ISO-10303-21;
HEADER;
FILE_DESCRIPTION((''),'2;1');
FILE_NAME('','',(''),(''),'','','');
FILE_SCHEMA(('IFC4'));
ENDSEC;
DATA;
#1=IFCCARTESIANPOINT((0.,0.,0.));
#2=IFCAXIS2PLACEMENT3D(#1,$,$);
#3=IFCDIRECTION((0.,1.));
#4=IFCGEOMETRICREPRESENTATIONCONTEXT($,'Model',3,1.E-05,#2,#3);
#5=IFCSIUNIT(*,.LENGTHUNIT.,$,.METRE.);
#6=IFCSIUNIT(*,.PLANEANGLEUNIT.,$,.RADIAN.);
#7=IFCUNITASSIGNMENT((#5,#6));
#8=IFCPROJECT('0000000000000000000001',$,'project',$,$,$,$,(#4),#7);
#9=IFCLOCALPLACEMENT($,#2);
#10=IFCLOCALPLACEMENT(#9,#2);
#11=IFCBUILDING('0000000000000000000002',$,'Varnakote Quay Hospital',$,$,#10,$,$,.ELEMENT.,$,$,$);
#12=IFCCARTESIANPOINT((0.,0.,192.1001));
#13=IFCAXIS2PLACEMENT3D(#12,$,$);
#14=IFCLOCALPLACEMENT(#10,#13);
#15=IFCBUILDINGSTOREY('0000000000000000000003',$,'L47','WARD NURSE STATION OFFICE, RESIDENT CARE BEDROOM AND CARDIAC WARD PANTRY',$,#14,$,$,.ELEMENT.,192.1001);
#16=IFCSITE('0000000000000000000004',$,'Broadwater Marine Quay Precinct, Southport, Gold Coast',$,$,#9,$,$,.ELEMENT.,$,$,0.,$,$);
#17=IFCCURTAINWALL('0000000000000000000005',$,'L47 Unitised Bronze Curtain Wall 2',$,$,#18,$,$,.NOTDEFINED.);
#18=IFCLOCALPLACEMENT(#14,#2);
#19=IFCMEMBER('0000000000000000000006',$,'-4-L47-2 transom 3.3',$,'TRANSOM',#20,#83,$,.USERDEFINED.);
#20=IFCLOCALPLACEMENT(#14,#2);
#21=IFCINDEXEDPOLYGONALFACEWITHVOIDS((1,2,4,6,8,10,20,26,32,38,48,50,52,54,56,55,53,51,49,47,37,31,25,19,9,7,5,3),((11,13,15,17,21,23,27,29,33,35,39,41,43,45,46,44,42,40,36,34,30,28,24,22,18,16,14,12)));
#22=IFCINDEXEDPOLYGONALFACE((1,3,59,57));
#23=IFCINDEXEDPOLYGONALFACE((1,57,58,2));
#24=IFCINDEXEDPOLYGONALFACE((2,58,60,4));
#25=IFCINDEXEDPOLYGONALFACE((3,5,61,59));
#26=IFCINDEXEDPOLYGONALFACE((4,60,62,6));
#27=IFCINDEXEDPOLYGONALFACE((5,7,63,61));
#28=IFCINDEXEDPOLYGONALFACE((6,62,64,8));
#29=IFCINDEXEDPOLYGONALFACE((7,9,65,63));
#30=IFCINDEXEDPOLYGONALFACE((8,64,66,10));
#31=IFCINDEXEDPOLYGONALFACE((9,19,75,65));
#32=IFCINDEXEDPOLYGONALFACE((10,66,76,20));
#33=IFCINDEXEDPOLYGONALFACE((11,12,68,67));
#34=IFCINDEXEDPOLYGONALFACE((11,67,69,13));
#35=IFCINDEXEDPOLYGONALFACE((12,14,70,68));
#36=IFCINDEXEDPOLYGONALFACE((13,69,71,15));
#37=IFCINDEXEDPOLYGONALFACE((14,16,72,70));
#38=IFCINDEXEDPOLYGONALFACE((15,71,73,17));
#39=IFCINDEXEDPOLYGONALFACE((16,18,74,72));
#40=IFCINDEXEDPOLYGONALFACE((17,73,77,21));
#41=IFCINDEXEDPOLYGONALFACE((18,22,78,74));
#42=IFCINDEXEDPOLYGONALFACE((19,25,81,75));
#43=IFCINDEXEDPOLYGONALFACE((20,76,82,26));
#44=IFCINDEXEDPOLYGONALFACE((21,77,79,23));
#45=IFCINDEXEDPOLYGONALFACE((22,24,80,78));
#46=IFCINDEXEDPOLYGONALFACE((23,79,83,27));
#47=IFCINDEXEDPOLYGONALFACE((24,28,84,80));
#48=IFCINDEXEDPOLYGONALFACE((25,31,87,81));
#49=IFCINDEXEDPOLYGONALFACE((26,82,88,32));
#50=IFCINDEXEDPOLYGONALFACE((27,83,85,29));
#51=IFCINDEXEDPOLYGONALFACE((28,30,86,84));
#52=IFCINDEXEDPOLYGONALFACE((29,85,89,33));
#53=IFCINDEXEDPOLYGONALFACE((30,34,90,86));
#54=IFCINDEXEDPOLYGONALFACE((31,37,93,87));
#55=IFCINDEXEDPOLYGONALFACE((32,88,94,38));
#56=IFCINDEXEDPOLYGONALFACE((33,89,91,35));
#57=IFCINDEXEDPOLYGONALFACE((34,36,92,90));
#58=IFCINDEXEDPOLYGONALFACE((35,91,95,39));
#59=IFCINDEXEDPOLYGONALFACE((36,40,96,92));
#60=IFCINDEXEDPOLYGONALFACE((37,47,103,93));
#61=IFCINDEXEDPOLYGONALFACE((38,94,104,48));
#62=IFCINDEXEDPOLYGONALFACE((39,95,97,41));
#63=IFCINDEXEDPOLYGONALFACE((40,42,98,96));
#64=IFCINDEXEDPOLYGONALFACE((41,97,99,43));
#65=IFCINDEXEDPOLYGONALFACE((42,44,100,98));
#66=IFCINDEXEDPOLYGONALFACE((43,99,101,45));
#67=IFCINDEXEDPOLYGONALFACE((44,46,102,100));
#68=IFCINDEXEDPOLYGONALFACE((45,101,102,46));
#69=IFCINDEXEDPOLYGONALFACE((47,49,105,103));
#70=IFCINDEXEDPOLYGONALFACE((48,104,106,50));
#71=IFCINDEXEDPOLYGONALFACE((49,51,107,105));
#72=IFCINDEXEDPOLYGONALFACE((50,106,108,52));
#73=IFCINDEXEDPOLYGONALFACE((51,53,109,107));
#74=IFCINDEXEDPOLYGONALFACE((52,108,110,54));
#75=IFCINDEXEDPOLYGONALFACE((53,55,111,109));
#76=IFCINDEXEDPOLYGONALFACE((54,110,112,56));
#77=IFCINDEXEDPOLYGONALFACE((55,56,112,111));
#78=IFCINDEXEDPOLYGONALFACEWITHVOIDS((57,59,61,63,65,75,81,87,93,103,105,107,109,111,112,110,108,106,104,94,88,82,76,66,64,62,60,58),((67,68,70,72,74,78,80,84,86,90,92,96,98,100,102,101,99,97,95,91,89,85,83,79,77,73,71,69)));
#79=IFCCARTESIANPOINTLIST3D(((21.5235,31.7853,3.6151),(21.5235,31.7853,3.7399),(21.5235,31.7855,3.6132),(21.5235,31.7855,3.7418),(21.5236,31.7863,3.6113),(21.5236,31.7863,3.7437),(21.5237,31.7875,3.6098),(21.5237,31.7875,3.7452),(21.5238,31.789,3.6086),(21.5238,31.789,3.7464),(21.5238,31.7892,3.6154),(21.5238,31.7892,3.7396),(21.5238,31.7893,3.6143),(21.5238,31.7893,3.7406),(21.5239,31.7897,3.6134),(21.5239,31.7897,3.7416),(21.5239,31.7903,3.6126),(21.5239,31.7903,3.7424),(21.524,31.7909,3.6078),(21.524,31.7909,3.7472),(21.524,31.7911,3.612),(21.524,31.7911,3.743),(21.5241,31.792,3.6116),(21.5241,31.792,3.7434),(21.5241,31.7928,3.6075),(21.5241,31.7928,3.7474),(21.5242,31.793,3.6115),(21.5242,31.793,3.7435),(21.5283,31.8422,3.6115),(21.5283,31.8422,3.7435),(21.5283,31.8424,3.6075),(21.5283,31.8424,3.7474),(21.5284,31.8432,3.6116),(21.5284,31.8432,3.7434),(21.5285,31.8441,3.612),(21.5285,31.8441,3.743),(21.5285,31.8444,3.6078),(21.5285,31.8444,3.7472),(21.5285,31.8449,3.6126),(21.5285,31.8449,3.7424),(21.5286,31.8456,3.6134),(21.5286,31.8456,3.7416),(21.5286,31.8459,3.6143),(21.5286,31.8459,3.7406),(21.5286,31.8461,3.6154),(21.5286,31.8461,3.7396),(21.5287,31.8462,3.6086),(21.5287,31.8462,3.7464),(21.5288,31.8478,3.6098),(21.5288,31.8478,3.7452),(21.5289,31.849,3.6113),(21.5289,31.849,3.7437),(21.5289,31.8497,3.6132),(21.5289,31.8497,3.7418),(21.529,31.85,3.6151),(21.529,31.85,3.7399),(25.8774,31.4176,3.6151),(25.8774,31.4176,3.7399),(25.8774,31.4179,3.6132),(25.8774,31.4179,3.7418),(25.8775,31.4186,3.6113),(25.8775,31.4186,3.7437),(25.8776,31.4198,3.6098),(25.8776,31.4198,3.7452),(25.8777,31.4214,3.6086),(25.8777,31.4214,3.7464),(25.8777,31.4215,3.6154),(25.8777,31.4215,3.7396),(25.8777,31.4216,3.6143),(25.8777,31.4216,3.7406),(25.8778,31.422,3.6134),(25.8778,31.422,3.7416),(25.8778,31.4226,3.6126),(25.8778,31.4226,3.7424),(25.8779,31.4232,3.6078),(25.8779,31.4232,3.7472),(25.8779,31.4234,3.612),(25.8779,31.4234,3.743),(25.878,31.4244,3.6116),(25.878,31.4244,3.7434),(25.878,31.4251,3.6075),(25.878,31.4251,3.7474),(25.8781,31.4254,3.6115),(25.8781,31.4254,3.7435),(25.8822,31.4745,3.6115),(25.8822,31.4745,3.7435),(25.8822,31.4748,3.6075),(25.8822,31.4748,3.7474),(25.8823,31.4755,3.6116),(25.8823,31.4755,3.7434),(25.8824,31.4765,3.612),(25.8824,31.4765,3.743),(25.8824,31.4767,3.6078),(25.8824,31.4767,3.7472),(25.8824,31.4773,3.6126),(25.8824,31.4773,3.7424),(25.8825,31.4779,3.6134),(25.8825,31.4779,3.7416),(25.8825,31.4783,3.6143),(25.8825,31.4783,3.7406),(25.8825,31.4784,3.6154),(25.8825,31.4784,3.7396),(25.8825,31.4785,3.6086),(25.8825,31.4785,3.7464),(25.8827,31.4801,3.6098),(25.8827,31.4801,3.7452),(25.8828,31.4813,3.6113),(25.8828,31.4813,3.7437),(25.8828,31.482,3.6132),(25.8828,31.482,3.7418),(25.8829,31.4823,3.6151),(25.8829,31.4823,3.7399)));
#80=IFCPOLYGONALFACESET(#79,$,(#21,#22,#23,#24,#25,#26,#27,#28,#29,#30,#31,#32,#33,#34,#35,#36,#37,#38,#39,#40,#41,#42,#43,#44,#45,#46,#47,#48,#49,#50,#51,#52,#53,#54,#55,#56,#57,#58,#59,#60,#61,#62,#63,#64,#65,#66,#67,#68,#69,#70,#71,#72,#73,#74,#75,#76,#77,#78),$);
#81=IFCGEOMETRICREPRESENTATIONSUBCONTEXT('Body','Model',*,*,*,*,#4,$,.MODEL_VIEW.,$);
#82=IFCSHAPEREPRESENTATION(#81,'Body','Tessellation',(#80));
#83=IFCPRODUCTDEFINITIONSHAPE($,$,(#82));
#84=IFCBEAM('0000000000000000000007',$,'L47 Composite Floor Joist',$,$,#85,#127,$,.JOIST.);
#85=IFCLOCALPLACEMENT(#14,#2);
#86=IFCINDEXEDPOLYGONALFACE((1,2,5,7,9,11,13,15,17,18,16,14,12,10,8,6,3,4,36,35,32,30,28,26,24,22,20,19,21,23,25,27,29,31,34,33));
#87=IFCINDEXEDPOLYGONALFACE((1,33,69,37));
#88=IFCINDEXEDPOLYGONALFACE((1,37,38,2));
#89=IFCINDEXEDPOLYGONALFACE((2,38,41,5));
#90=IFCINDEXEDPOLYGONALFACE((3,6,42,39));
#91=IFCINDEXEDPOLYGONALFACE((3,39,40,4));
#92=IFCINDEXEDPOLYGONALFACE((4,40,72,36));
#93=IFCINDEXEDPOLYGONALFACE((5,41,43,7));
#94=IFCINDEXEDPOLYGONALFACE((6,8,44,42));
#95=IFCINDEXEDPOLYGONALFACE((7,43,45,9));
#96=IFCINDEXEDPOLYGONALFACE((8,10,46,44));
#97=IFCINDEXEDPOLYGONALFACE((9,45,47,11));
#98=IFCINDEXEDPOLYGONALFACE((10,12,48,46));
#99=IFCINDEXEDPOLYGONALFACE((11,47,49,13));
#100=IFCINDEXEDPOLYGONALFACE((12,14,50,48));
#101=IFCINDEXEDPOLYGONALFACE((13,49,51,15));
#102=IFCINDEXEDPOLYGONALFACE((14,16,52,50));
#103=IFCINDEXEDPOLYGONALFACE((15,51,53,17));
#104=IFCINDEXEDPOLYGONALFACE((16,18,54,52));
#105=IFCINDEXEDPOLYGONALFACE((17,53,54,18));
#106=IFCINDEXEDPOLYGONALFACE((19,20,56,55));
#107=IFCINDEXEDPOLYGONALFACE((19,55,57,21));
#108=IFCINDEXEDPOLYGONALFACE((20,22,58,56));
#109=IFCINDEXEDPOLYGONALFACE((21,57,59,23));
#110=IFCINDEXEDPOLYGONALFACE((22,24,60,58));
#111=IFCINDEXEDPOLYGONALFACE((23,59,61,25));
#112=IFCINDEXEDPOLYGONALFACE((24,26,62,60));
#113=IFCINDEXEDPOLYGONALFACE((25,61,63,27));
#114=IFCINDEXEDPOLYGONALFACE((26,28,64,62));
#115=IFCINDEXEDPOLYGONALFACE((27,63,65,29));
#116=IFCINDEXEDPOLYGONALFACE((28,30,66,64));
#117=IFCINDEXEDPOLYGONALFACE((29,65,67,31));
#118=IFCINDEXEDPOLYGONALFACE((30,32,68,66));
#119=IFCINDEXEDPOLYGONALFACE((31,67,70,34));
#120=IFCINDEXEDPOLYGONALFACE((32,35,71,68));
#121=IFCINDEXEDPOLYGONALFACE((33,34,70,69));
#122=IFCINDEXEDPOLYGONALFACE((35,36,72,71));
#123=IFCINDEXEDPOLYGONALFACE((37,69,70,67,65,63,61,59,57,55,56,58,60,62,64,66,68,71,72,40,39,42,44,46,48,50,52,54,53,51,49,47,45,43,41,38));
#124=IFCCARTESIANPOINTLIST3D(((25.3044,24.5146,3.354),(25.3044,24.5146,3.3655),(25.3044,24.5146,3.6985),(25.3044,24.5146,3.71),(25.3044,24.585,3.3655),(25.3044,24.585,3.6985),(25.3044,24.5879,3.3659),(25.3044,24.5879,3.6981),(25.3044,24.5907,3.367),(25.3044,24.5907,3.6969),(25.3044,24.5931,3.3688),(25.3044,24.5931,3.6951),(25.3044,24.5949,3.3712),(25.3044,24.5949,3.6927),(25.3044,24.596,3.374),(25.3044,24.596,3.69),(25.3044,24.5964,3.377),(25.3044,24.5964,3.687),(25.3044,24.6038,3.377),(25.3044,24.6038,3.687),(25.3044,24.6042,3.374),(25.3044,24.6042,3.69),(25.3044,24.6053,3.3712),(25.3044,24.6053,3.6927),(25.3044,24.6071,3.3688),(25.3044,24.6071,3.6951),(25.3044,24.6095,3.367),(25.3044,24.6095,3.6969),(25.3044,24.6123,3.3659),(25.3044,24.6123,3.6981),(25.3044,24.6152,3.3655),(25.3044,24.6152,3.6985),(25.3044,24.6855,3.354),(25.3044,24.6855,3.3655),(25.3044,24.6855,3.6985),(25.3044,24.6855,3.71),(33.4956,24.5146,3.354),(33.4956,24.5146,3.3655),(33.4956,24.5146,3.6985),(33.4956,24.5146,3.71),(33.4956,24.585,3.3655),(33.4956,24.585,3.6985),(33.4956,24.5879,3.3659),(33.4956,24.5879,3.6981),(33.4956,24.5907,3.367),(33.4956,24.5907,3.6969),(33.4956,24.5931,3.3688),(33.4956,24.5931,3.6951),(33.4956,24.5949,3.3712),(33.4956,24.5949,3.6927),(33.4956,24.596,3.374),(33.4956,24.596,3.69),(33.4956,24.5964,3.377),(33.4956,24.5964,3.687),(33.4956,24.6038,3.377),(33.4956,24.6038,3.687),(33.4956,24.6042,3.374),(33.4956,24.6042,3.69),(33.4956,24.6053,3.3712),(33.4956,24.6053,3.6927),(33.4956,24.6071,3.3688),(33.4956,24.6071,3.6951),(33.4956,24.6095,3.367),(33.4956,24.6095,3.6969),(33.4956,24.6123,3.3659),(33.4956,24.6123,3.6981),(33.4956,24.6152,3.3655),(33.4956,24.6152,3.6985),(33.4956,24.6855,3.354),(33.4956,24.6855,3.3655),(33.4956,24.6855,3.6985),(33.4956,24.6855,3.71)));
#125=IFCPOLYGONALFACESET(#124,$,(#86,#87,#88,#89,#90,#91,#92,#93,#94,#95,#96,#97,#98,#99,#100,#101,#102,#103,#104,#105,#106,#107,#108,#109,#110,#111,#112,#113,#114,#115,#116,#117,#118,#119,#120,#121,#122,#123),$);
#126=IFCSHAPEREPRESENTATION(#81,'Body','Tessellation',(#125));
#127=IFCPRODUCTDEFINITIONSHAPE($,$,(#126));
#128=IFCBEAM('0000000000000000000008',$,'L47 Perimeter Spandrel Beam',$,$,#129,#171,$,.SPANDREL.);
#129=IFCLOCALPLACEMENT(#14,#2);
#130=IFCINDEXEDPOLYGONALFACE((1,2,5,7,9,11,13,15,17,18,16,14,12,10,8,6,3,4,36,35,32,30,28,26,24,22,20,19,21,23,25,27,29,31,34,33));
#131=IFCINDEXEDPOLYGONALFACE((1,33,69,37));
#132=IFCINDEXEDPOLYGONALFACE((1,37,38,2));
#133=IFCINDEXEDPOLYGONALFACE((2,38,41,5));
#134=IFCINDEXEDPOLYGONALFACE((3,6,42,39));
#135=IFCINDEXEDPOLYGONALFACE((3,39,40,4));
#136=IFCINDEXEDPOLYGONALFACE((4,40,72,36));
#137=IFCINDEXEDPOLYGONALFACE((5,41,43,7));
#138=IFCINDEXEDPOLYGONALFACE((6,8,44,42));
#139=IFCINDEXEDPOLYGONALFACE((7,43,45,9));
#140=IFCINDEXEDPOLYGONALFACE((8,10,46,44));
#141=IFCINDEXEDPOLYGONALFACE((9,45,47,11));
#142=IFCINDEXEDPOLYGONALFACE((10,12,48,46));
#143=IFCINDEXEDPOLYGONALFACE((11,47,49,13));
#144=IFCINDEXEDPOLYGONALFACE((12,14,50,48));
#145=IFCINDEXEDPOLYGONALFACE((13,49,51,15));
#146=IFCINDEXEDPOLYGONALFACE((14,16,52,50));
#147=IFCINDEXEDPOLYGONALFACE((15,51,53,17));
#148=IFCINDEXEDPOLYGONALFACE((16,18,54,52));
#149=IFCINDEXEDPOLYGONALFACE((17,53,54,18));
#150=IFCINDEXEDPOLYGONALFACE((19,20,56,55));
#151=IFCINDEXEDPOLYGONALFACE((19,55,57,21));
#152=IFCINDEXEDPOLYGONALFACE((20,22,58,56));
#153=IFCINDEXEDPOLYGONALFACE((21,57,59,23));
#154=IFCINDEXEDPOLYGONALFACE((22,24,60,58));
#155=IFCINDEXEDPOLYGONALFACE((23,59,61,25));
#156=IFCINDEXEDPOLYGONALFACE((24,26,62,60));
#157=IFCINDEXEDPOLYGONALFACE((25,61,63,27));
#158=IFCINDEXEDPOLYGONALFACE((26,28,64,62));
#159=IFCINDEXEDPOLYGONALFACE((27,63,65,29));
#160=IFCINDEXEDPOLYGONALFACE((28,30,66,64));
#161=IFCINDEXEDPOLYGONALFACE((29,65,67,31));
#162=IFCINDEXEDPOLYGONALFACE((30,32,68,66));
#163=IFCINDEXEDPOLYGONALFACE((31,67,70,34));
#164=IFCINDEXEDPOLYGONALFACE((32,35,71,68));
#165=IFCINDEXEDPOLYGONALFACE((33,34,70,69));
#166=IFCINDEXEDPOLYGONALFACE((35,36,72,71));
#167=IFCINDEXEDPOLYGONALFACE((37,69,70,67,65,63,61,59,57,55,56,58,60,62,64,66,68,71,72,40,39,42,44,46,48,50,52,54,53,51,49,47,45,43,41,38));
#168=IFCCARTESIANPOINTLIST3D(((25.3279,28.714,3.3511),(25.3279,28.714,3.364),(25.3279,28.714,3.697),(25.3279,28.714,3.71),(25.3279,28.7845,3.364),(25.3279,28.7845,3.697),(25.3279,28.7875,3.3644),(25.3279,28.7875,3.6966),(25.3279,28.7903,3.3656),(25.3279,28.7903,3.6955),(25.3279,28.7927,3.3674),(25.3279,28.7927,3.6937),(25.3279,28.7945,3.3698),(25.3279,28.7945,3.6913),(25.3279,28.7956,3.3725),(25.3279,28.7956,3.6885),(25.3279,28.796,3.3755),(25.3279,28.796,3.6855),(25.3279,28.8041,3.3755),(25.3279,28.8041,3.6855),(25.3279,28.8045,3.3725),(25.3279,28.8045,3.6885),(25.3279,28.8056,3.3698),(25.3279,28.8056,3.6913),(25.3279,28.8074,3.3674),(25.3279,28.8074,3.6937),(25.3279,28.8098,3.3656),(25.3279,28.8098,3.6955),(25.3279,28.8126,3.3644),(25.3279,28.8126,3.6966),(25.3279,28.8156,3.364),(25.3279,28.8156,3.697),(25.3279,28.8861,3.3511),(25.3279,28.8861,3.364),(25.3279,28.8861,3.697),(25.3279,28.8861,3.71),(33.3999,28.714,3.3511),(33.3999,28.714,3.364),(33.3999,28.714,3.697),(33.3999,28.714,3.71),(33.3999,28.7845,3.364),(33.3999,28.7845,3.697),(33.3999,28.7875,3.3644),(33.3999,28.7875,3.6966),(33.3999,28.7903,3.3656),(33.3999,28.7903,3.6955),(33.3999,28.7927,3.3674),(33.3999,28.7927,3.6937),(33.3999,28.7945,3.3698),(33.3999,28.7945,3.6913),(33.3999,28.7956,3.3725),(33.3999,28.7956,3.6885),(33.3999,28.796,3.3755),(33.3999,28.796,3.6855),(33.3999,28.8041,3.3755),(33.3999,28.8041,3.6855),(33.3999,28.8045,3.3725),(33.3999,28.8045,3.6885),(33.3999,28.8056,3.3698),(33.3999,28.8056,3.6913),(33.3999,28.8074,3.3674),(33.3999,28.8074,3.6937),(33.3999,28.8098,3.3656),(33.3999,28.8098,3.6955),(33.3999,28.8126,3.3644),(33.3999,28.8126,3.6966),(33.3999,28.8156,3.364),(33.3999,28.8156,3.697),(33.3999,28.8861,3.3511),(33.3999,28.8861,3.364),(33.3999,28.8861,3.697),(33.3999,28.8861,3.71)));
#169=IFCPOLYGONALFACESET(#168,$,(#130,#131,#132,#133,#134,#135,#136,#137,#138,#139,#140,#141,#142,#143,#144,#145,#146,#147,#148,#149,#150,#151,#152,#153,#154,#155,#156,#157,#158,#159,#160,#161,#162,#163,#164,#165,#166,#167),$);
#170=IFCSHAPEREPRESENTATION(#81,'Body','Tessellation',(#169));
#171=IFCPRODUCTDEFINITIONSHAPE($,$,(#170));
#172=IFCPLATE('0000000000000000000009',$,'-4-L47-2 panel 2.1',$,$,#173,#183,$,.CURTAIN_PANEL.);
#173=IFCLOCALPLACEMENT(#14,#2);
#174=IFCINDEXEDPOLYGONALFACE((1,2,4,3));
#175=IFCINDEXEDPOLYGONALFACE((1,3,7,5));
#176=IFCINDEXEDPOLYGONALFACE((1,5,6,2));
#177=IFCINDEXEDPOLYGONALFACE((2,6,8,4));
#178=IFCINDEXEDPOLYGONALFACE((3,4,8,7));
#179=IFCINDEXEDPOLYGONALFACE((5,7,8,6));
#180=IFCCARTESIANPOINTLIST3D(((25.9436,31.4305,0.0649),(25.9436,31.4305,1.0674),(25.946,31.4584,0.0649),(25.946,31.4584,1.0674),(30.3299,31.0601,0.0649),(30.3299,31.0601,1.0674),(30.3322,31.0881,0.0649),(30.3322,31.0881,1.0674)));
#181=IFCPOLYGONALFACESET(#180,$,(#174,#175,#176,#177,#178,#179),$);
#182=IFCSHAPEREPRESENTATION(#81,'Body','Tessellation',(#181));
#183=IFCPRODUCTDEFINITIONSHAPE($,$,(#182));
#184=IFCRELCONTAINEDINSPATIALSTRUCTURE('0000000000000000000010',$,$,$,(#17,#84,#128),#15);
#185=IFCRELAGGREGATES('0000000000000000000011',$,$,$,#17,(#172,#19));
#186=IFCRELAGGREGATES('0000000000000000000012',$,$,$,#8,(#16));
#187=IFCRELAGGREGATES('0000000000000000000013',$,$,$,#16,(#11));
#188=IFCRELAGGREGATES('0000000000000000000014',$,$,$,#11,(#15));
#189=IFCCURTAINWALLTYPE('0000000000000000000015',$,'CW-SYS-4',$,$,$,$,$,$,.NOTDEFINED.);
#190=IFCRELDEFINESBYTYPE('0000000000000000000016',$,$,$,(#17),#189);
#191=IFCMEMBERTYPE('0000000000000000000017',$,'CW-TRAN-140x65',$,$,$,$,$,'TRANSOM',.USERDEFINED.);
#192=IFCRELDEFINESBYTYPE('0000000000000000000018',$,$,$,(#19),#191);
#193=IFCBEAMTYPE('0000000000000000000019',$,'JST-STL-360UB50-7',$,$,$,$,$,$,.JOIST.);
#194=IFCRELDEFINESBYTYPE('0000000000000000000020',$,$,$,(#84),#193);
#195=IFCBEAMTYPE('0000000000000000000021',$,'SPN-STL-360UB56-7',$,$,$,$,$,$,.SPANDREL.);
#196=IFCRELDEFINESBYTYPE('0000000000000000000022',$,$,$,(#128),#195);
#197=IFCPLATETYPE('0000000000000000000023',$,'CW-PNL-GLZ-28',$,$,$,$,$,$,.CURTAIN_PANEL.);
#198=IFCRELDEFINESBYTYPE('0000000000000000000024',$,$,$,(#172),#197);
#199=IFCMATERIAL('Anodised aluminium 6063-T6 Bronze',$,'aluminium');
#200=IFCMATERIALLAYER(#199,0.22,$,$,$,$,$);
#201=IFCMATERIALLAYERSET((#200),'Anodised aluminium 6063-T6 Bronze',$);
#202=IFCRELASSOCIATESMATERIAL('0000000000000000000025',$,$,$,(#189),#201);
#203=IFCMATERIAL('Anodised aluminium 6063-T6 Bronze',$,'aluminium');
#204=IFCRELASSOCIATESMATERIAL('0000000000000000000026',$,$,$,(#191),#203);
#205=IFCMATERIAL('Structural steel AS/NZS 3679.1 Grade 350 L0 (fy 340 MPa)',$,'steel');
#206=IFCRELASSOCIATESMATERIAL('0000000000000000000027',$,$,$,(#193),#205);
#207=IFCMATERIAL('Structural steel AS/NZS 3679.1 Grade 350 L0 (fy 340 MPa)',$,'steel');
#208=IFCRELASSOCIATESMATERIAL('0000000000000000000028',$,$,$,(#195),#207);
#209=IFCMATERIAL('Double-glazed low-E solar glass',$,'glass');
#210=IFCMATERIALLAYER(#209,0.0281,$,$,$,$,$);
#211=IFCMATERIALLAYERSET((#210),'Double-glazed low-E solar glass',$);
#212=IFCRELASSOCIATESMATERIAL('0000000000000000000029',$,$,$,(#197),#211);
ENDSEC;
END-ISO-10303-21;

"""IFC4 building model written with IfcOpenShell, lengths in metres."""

from ifc_helpers import new_model, si_unit, direction, frame, origin, origin_2d, place, context, subcontext, project, spatial, rectangle, hollow_rectangle, i_section, extrude, material, layer, layer_set, material_profile, profile_set, type_object, element, aggregate, save


model = new_model("IFC4")

# Units and contexts
model_context = context("Model", 3, precision=1e-05, world=origin(), true_north=direction((0.0, 1.0)))
body_context = subcontext(model_context, "Body", "Model", "MODEL_VIEW")
ifc_project = project(units=[si_unit("LENGTHUNIT", "METRE"), si_unit("PLANEANGLEUNIT", "RADIAN")], contexts=[model_context])

# Site, building, storey
site_placement = place(None, origin())
site = spatial("IfcSite", under=ifc_project, at=site_placement, Name="Broadwater Marine Quay Precinct, Southport, Gold Coast", CompositionType="ELEMENT", RefElevation=0.0)
building_placement = place(site_placement, origin())
building = spatial("IfcBuilding", under=site, at=building_placement, Name="Varnakote Quay Hospital", CompositionType="ELEMENT")
storey_placement = place(building_placement, frame((0.0, 0.0, 192.1001)))
storey = spatial("IfcBuildingStorey", under=building, at=storey_placement, Name="L47", Description="WARD NURSE STATION OFFICE, RESIDENT CARE BEDROOM AND CARDIAC WARD PANTRY", CompositionType="ELEMENT", Elevation=192.1001)

# Curtain wall, member
ifc_material_1 = material(Name="Anodised aluminium 6063-T6 Bronze", Category="aluminium")
ifc_layer_1 = layer(ifc_material_1, 0.22)
ifc_layer_set_1 = layer_set([ifc_layer_1], Name="Anodised aluminium 6063-T6 Bronze")
curtain_wall_type = type_object("IfcCurtainWallType", Name="CW-SYS-4", PredefinedType="NOTDEFINED", material=ifc_layer_set_1)
curtain_wall_placement = place(storey_placement, origin())
curtain_wall = element("IfcCurtainWall", 1, at=curtain_wall_placement, inside=storey, type_object=curtain_wall_type, Name="L47 Unitised Bronze Curtain Wall 2", PredefinedType="NOTDEFINED")
ifc_material_2 = material(Name="Anodised aluminium 6063-T6 Bronze", Category="aluminium")
ifc_material_profile_1 = material_profile(ifc_material_2, hollow_rectangle(XDim=0.0649, YDim=0.1399, WallThickness=0.0039, InnerFilletRadius=0.0039, OuterFilletRadius=0.0076, at=origin_2d()), Name="CW-TRAN-140x65")
ifc_profile_set_1 = profile_set([ifc_material_profile_1], Name="Anodised aluminium 6063-T6 Bronze")
member_type_1 = type_object("IfcMemberType", Name="CW-TRAN-140x65", ElementType="TRANSOM", PredefinedType="USERDEFINED", material=ifc_profile_set_1)
member_1_placement = place(storey_placement, frame((25.8801, 31.45, 3.6775), z_axis=(-0.996453, 0.084146, 0.0), x_axis=(-0.084146, -0.996453, 0.0)))
member_1 = element("IfcMember", 2, at=member_1_placement, type_object=member_type_1, Name="-4-L47-2 transom 3.3", ObjectType="TRANSOM", PredefinedType="USERDEFINED", context=body_context, shape_type="SweptSolid", body=[
    extrude(hollow_rectangle(XDim=0.0649, YDim=0.1399, WallThickness=0.0039, InnerFilletRadius=0.0039, OuterFilletRadius=0.0076, at=origin_2d()), origin(), (0.0, 0.0, 1.0), 4.3694),
])

# Beams
ifc_material_3 = material(Name="Structural steel AS/NZS 3679.1 Grade 350 L0 (fy 340 MPa)", Category="steel")
ifc_material_profile_2 = material_profile(ifc_material_3, i_section(OverallWidth=0.1709, OverallDepth=0.356, WebThickness=0.0073, FlangeThickness=0.0115, FilletRadius=0.0115, at=origin_2d()), Name="360UB50.7")
ifc_profile_set_2 = profile_set([ifc_material_profile_2], Name="Structural steel AS/NZS 3679.1 Grade 350 L0 (fy 340 MPa)")
beam_type_1 = type_object("IfcBeamType", Name="JST-STL-360UB50-7", PredefinedType="JOIST", material=ifc_profile_set_2)
beam_1_placement = place(storey_placement, frame((25.3044, 24.6001, 3.532), z_axis=(1.0, 0.0, 0.0), x_axis=(0.0, 1.0, 0.0)))
element("IfcBeam", 3, at=beam_1_placement, inside=storey, type_object=beam_type_1, Name="L47 Composite Floor Joist", PredefinedType="JOIST", context=body_context, shape_type="SweptSolid", body=[
    extrude(i_section(OverallWidth=0.1709, OverallDepth=0.356, WebThickness=0.0073, FlangeThickness=0.0115, FilletRadius=0.0115, at=origin_2d()), origin(), (0.0, 0.0, 1.0), 8.1912),
])
ifc_material_4 = material(Name="Structural steel AS/NZS 3679.1 Grade 350 L0 (fy 340 MPa)", Category="steel")
ifc_material_profile_3 = material_profile(ifc_material_4, i_section(OverallWidth=0.1721, OverallDepth=0.3589, WebThickness=0.0081, FlangeThickness=0.0129, FilletRadius=0.0115, at=origin_2d()), Name="360UB56.7")
ifc_profile_set_3 = profile_set([ifc_material_profile_3], Name="Structural steel AS/NZS 3679.1 Grade 350 L0 (fy 340 MPa)")
beam_type_2 = type_object("IfcBeamType", Name="SPN-STL-360UB56-7", PredefinedType="SPANDREL", material=ifc_profile_set_3)
beam_2_placement = place(storey_placement, frame((25.3279, 28.8, 3.5305), z_axis=(1.0, 0.0, 0.0), x_axis=(0.0, 1.0, 0.0)))
element("IfcBeam", 4, at=beam_2_placement, inside=storey, type_object=beam_type_2, Name="L47 Perimeter Spandrel Beam", PredefinedType="SPANDREL", context=body_context, shape_type="SweptSolid", body=[
    extrude(i_section(OverallWidth=0.1721, OverallDepth=0.3589, WebThickness=0.0081, FlangeThickness=0.0129, FilletRadius=0.0115, at=origin_2d()), origin(), (0.0, 0.0, 1.0), 8.072),
])

# Plate
ifc_material_5 = material(Name="Double-glazed low-E solar glass", Category="glass")
ifc_layer_2 = layer(ifc_material_5, 0.0281)
ifc_layer_set_2 = layer_set([ifc_layer_2], Name="Double-glazed low-E solar glass")
plate_type = type_object("IfcPlateType", Name="CW-PNL-GLZ-28", PredefinedType="CURTAIN_PANEL", material=ifc_layer_set_2)
plate_1_placement = place(storey_placement, frame((28.1379, 31.2593, 0.0649), z_axis=(0.0, 0.0, 1.0), x_axis=(-0.996454, 0.084136, 0.0)))
plate_1 = element("IfcPlate", 5, at=plate_1_placement, type_object=plate_type, Name="-4-L47-2 panel 2.1", PredefinedType="CURTAIN_PANEL", context=body_context, shape_type="SweptSolid", body=[
    extrude(rectangle(XDim=4.4019, YDim=0.0281, at=origin_2d()), origin(), (0.0, 0.0, 1.0), 1.0024),
])
aggregate(curtain_wall, [plate_1, member_1])

save(model, "model.ifc")
